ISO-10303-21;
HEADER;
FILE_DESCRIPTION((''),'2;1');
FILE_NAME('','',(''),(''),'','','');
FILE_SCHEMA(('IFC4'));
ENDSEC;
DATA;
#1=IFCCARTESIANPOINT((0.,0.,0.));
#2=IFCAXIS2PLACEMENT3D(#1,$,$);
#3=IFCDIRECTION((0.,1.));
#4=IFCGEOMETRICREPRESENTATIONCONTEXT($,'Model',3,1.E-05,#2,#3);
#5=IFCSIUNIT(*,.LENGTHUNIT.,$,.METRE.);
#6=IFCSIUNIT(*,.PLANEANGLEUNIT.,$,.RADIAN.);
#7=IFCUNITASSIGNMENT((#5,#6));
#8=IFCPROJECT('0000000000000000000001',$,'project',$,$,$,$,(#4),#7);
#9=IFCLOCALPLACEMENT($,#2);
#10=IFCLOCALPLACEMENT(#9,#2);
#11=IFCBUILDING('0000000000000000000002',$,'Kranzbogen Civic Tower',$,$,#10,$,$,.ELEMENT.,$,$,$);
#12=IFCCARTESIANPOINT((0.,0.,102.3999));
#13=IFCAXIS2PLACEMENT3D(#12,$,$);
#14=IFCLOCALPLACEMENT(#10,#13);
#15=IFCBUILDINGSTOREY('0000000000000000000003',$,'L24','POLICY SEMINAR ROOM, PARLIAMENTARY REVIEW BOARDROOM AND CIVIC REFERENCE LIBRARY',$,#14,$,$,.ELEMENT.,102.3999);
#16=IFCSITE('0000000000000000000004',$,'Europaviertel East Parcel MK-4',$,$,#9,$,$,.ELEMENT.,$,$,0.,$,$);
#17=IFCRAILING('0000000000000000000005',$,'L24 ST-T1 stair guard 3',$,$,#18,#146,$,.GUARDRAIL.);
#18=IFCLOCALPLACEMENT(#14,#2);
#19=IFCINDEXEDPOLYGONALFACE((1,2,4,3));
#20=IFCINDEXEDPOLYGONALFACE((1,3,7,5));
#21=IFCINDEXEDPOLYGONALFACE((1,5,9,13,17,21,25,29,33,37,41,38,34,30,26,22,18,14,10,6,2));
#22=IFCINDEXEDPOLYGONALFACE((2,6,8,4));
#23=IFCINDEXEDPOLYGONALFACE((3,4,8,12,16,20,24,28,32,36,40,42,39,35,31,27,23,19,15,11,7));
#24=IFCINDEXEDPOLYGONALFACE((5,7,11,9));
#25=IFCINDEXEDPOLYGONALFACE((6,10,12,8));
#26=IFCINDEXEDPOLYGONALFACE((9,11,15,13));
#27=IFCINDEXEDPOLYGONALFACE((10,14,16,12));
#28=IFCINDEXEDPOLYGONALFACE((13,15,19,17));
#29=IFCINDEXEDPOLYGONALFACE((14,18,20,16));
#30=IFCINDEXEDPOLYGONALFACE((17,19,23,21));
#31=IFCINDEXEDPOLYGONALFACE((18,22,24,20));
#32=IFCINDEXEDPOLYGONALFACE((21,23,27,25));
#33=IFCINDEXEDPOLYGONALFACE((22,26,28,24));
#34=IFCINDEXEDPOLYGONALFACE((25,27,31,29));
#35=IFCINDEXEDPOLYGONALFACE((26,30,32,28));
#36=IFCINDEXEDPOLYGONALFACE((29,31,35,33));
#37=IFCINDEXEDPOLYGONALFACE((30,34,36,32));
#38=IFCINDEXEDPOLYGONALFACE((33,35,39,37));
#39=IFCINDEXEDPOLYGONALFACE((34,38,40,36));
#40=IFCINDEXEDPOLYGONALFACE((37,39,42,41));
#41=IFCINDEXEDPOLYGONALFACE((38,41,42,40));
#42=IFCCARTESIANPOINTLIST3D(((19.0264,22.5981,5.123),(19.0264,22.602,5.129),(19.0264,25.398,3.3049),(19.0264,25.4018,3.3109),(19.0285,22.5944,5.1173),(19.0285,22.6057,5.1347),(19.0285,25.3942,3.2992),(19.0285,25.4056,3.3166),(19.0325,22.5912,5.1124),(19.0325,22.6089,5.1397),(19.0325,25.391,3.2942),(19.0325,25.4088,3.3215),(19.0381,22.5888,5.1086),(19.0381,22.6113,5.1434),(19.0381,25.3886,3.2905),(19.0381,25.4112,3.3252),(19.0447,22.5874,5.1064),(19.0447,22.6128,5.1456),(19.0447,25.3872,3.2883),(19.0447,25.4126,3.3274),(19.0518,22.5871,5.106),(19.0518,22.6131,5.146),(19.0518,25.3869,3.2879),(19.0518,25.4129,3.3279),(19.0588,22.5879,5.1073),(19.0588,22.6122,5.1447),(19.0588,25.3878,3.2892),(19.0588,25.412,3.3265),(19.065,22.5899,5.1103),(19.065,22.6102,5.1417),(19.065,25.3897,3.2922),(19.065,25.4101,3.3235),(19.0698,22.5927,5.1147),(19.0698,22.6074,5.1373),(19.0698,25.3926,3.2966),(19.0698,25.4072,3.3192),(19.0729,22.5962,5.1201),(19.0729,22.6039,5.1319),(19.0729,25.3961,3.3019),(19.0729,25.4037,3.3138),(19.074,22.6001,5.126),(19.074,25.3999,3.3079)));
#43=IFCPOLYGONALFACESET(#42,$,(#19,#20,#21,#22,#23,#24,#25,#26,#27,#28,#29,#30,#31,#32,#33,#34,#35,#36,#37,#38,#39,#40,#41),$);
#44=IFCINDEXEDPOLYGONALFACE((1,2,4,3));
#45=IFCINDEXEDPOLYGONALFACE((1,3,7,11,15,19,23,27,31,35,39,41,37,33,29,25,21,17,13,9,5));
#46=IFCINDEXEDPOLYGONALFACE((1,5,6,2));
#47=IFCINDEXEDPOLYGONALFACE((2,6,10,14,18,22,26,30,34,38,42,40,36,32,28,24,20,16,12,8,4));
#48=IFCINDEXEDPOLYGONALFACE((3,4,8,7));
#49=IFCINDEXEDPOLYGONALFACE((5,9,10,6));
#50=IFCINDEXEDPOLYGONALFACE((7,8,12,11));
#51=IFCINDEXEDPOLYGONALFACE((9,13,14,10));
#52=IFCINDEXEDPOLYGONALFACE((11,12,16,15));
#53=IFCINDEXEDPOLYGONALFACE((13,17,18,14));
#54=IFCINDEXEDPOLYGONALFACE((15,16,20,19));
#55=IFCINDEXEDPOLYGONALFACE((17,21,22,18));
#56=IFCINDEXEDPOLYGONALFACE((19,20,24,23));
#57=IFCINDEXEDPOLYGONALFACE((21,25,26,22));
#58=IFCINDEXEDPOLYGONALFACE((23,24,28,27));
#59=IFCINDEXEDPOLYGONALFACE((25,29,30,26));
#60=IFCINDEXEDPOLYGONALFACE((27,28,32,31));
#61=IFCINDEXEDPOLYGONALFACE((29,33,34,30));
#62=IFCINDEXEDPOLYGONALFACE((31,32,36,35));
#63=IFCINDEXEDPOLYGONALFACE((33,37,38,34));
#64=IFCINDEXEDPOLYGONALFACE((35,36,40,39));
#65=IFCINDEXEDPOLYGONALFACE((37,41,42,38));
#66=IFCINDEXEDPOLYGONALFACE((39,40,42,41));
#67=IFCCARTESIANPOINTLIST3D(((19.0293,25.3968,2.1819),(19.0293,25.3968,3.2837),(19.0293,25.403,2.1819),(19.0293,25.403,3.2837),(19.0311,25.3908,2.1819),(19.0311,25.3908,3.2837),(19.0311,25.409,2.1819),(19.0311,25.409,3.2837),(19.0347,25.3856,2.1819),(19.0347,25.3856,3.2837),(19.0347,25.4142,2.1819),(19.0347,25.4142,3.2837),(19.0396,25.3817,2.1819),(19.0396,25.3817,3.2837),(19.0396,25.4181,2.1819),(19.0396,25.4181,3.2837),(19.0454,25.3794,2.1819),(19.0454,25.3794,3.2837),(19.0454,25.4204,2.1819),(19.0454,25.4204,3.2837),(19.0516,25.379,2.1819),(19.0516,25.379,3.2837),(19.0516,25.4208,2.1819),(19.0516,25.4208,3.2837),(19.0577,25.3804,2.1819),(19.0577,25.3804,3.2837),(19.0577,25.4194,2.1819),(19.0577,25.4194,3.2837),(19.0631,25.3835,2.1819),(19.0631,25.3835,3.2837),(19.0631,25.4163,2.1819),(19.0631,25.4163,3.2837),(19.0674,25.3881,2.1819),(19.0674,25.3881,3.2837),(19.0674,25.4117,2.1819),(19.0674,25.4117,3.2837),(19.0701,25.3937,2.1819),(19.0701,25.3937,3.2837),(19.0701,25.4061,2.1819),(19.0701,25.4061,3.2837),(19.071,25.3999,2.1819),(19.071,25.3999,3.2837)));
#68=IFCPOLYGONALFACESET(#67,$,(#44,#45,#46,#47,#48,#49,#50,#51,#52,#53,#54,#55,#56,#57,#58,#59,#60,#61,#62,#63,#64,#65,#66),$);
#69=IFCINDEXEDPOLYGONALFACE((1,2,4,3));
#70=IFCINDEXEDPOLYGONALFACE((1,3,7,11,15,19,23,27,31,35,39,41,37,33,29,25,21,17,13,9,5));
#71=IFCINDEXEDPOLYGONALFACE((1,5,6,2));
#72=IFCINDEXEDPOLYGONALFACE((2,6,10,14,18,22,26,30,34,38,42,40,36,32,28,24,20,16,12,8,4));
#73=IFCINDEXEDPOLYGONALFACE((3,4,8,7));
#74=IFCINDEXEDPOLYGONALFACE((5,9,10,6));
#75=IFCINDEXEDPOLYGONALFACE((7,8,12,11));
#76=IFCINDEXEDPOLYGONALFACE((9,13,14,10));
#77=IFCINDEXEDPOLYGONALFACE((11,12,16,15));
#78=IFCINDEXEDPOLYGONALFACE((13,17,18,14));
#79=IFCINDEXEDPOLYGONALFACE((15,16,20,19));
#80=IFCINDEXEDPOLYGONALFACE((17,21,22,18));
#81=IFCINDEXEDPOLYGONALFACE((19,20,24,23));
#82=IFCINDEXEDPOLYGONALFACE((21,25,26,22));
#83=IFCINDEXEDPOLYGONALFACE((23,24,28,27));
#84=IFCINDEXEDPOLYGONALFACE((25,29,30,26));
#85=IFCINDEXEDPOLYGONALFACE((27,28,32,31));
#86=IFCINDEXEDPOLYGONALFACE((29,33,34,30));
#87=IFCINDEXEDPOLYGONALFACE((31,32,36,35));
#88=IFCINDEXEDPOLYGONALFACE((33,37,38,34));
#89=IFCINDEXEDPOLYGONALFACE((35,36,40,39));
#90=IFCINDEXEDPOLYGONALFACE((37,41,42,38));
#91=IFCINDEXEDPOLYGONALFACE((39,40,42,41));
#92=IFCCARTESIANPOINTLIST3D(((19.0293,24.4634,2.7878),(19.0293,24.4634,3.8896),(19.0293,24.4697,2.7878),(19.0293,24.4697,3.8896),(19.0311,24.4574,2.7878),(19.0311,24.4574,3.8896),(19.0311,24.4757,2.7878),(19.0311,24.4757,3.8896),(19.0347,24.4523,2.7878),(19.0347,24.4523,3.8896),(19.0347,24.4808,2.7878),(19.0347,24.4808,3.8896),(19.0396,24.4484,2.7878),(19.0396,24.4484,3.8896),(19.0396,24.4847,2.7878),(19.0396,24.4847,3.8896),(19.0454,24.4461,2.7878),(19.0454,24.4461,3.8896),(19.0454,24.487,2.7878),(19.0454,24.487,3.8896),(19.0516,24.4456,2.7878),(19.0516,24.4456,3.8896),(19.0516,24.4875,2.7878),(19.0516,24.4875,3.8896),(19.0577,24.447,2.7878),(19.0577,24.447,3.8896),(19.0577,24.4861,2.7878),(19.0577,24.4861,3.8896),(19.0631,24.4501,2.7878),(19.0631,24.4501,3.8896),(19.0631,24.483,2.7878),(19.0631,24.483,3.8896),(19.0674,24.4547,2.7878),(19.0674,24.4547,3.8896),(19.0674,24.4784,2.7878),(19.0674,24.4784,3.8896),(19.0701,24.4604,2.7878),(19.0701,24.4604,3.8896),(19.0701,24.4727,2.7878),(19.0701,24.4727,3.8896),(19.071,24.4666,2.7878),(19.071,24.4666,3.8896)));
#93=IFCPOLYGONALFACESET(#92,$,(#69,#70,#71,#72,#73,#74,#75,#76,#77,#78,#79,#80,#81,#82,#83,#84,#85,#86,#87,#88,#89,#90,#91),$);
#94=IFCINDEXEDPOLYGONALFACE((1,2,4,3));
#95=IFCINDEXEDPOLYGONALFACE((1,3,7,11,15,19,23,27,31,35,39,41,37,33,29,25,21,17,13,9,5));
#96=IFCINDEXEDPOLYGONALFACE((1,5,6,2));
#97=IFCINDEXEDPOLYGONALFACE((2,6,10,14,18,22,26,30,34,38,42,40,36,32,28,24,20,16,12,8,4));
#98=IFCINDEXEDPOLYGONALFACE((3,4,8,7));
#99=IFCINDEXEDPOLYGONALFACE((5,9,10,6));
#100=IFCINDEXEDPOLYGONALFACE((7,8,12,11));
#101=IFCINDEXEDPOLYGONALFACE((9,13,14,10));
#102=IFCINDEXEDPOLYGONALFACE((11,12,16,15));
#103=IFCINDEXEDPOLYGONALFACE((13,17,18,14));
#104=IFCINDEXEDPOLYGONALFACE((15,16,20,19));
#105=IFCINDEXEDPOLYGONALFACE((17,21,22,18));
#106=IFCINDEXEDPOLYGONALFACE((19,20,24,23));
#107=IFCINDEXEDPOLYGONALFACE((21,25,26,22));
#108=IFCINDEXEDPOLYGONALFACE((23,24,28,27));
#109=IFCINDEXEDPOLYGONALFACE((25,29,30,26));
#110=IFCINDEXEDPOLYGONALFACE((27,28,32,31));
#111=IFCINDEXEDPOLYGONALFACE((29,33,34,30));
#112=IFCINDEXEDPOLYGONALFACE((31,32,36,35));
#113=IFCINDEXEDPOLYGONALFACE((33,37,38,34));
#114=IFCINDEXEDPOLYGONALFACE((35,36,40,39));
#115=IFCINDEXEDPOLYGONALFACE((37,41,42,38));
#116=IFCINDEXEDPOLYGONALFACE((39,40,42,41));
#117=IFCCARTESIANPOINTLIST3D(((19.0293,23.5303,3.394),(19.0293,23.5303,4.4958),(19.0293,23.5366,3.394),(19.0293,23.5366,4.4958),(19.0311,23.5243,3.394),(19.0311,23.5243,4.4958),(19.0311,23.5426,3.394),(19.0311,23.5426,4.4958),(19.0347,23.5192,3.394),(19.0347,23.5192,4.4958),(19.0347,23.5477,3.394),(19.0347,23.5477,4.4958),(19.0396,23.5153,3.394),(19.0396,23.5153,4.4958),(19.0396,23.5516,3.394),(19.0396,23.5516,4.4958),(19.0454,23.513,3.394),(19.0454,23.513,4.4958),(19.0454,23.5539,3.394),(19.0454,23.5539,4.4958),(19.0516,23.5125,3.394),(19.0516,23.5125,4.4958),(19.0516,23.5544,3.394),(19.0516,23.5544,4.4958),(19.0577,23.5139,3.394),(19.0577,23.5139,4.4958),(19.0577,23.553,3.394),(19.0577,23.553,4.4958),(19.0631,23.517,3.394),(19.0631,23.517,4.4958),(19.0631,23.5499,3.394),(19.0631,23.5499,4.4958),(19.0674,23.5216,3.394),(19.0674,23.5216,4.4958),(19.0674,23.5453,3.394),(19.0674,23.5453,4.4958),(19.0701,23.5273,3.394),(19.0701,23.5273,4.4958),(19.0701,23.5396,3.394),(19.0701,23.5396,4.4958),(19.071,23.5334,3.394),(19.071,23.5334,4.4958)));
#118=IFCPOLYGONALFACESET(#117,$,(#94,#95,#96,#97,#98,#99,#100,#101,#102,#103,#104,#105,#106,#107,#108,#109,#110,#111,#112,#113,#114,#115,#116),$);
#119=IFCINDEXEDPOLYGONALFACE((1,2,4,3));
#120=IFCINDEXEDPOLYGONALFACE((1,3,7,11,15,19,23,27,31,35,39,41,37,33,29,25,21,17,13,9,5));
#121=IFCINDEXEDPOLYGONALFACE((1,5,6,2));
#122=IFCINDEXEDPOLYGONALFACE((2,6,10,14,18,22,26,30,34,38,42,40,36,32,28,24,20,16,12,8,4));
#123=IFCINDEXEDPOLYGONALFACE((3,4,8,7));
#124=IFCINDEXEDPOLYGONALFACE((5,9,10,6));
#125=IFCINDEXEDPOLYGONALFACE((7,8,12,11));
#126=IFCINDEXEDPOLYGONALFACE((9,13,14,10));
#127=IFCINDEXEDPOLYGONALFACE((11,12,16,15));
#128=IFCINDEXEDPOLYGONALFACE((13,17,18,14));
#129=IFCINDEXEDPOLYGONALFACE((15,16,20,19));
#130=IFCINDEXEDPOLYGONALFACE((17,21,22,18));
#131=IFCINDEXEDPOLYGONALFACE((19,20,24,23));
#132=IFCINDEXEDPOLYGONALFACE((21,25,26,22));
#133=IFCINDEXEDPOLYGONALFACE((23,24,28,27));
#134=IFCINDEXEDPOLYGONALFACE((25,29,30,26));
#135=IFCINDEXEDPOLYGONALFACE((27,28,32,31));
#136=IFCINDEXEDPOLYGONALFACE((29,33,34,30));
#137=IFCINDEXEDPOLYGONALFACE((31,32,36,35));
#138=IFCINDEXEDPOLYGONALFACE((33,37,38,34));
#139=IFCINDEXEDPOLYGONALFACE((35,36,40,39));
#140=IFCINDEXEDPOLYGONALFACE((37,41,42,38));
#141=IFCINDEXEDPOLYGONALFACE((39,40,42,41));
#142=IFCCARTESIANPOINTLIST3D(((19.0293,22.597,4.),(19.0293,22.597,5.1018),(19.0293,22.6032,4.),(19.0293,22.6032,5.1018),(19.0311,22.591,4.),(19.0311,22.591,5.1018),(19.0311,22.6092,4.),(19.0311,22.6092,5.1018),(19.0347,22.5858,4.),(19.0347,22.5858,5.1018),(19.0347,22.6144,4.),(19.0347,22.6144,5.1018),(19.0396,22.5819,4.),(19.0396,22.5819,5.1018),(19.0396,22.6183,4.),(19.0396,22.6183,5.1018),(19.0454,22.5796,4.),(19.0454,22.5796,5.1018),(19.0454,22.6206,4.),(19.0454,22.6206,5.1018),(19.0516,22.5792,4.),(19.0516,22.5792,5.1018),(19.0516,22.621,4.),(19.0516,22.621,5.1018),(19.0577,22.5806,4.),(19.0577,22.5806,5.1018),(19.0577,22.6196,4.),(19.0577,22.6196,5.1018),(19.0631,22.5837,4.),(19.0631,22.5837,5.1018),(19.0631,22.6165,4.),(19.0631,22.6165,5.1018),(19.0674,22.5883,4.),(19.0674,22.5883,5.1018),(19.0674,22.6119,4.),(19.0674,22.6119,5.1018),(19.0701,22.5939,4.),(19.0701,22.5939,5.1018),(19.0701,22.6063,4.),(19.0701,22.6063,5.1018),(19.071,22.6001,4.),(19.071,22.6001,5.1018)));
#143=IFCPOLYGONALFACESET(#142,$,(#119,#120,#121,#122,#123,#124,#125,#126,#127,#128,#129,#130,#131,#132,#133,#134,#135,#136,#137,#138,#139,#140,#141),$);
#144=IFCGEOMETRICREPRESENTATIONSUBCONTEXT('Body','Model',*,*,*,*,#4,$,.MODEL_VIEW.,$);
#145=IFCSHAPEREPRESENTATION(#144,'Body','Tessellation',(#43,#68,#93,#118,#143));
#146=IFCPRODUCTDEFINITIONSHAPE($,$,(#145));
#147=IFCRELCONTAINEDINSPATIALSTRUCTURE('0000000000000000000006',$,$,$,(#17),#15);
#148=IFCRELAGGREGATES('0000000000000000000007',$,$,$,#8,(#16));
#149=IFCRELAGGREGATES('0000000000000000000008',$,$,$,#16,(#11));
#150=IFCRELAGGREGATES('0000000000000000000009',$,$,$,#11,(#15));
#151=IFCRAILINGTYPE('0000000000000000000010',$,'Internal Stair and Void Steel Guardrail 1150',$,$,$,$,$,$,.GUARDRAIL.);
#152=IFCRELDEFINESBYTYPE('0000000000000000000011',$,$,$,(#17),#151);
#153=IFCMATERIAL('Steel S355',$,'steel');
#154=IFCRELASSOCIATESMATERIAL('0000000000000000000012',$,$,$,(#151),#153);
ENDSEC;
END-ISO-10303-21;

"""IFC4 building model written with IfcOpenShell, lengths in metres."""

from ifc_helpers import new_model, si_unit, direction, frame, origin, origin_2d, place, context, subcontext, project, spatial, circle, extrude, material, type_object, element, save


model = new_model("IFC4")

# Units and contexts
model_context = context("Model", 3, precision=1e-05, world=origin(), true_north=direction((0.0, 1.0)))
body_context = subcontext(model_context, "Body", "Model", "MODEL_VIEW")
ifc_project = project(units=[si_unit("LENGTHUNIT", "METRE"), si_unit("PLANEANGLEUNIT", "RADIAN")], contexts=[model_context])

# Site, building, storey
site_placement = place(None, origin())
site = spatial("IfcSite", under=ifc_project, at=site_placement, Name="Europaviertel East Parcel MK-4", CompositionType="ELEMENT", RefElevation=0.0)
building_placement = place(site_placement, origin())
building = spatial("IfcBuilding", under=site, at=building_placement, Name="Kranzbogen Civic Tower", CompositionType="ELEMENT")
storey_placement = place(building_placement, frame((0.0, 0.0, 102.3999)))
storey = spatial("IfcBuildingStorey", under=building, at=storey_placement, Name="L24", Description="POLICY SEMINAR ROOM, PARLIAMENTARY REVIEW BOARDROOM AND CIVIC REFERENCE LIBRARY", CompositionType="ELEMENT", Elevation=102.3999)

# Shared definitions
ifc_material_1 = material(Name="Steel S355", Category="steel")

# Railing
railing_type_1 = type_object("IfcRailingType", Name="Internal Stair and Void Steel Guardrail 1150", PredefinedType="GUARDRAIL", material=ifc_material_1)
railing_1_placement = place(storey_placement, frame((19.05, 25.3999, 2.1819)))
element("IfcRailing", 1, at=railing_1_placement, inside=storey, type_object=railing_type_1, Name="L24 ST-T1 stair guard 3", PredefinedType="GUARDRAIL", context=body_context, shape_type="SweptSolid", body=[
    extrude(circle(Radius=0.0239, at=origin_2d()), frame((0.0, 0.0, 1.126), z_axis=(0.0, -0.838684, 0.544618), x_axis=(1.0, 0.0, 0.0)), (0.0, 0.0, 1.0), 3.3384),
    extrude(circle(Radius=0.021, at=origin_2d()), origin(), (0.0, 0.0, 1.0), 1.1018),
    extrude(circle(Radius=0.021, at=origin_2d()), frame((0.0, -0.9333, 0.606)), (0.0, 0.0, 1.0), 1.1018),
    extrude(circle(Radius=0.021, at=origin_2d()), frame((0.0, -1.8665, 1.2122)), (0.0, 0.0, 1.0), 1.1018),
    extrude(circle(Radius=0.021, at=origin_2d()), frame((0.0, -2.7998, 1.8181)), (0.0, 0.0, 1.0), 1.1018),
])

save(model, "model.ifc")
